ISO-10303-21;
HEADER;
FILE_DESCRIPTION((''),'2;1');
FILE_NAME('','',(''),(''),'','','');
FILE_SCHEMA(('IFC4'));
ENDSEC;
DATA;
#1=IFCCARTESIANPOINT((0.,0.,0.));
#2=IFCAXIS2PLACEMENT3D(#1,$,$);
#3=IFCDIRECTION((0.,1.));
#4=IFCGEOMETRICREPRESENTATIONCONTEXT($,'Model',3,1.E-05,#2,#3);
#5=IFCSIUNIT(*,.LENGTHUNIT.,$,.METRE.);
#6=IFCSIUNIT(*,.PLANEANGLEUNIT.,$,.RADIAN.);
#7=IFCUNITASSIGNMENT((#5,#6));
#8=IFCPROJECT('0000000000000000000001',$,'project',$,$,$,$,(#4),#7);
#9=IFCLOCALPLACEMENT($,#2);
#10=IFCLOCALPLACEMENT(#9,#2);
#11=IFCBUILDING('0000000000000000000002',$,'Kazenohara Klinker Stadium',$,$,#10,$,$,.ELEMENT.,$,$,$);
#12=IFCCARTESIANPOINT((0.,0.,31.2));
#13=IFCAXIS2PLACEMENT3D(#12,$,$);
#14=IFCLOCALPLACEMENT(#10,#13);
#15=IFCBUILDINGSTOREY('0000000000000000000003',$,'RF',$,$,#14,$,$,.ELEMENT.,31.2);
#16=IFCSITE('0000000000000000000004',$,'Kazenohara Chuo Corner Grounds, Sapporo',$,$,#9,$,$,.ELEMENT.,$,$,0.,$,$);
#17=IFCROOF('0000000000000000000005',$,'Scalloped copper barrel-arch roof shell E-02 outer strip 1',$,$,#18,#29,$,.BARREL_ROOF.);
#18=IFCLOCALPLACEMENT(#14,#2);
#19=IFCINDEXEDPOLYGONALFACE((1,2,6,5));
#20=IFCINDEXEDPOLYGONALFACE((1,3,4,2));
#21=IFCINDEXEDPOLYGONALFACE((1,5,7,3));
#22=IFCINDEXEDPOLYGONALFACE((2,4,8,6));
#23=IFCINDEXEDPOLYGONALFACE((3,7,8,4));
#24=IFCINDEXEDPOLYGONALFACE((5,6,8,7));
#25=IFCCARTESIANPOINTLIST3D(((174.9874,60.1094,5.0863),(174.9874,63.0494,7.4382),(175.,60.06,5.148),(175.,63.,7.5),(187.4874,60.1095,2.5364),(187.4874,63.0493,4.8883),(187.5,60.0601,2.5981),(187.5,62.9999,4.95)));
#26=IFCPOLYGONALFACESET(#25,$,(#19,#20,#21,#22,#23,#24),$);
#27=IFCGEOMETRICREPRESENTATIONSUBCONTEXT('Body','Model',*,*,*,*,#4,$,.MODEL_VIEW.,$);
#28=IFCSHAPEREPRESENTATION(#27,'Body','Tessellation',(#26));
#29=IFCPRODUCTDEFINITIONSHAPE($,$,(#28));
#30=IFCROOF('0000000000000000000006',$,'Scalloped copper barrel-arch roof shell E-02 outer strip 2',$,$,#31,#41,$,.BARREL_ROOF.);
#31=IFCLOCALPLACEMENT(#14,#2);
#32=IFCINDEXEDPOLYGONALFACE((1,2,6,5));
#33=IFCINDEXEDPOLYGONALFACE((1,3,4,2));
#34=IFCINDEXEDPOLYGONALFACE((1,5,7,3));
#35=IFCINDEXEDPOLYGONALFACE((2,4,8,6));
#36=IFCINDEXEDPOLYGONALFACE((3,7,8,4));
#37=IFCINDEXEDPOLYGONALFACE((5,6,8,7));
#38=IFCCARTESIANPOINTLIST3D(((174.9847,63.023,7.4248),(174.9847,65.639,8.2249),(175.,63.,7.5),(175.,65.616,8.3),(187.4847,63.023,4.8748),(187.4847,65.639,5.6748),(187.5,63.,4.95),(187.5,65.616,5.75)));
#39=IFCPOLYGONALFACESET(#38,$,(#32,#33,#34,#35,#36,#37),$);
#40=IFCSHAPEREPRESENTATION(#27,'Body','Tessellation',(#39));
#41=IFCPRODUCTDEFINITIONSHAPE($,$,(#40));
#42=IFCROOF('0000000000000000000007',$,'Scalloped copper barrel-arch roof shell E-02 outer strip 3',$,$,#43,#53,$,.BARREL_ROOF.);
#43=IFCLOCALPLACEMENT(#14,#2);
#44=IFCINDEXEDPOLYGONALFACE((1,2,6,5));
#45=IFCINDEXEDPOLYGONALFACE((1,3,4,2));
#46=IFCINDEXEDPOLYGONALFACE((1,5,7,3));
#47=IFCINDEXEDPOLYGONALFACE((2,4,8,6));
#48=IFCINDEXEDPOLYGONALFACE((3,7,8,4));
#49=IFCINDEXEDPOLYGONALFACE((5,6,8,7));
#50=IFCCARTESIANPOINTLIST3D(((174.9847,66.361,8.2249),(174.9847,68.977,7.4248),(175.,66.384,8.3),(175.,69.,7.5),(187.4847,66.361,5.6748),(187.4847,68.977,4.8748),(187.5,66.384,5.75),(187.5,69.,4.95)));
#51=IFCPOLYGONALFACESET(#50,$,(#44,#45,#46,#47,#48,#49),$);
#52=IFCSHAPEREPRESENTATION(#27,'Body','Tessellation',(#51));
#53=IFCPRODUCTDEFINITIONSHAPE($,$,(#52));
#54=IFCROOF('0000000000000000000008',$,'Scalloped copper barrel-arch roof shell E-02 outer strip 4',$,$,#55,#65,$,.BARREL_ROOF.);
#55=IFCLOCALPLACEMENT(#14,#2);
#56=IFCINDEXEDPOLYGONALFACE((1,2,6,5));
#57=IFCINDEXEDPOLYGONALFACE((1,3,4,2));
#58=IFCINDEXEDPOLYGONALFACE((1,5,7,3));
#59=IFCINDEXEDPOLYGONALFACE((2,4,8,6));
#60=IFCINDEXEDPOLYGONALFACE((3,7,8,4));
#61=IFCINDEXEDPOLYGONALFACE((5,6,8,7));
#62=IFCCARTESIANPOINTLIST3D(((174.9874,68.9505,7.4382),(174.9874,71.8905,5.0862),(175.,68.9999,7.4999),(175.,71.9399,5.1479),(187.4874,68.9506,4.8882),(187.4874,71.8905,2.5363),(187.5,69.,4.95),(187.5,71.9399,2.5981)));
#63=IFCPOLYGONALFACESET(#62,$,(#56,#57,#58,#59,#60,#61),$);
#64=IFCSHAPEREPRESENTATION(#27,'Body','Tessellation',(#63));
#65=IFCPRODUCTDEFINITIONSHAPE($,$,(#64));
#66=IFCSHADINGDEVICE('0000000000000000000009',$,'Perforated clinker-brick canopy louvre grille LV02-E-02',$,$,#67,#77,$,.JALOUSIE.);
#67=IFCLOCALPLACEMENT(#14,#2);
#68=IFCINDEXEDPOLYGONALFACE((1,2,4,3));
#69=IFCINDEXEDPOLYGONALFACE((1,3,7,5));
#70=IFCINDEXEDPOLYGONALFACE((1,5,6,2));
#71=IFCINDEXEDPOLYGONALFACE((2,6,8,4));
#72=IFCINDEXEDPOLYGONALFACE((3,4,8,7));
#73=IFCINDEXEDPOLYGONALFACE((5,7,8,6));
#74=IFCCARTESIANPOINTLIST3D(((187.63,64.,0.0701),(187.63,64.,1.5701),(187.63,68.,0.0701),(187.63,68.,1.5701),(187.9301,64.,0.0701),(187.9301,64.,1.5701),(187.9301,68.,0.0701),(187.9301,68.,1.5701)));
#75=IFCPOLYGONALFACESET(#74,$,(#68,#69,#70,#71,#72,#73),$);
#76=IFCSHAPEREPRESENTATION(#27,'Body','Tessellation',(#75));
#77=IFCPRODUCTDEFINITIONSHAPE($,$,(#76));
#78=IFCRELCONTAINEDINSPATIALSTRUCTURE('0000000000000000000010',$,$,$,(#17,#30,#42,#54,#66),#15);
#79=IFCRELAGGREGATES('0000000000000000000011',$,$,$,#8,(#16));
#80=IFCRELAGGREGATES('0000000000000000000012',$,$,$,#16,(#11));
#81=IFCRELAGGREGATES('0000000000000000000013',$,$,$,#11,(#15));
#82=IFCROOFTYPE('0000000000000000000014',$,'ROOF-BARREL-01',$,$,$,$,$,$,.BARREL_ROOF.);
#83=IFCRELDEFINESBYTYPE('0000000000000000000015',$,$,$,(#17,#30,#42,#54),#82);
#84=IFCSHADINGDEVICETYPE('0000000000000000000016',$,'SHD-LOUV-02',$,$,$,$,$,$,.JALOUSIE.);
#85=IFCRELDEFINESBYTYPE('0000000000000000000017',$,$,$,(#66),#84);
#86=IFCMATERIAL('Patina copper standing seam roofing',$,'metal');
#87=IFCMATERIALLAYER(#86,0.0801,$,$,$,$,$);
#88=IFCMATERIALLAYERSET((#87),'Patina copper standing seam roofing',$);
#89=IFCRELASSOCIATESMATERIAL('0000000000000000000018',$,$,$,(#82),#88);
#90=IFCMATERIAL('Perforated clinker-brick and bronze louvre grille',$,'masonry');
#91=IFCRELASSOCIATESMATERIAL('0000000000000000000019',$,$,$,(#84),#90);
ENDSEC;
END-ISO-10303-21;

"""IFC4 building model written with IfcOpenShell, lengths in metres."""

from ifc_helpers import new_model, si_unit, direction, frame, origin, origin_2d, place, context, subcontext, project, spatial, polyline, rectangle, outline, extrude, material, layer, layer_set, type_object, element, save


model = new_model("IFC4")

# Units and contexts
model_context = context("Model", 3, precision=1e-05, world=origin(), true_north=direction((0.0, 1.0)))
body_context = subcontext(model_context, "Body", "Model", "MODEL_VIEW")
ifc_project = project(units=[si_unit("LENGTHUNIT", "METRE"), si_unit("PLANEANGLEUNIT", "RADIAN")], contexts=[model_context])

# Site, building, storey
site_placement = place(None, origin())
site = spatial("IfcSite", under=ifc_project, at=site_placement, Name="Kazenohara Chuo Corner Grounds, Sapporo", CompositionType="ELEMENT", RefElevation=0.0)
building_placement = place(site_placement, origin())
building = spatial("IfcBuilding", under=site, at=building_placement, Name="Kazenohara Klinker Stadium", CompositionType="ELEMENT")
storey_placement = place(building_placement, frame((0.0, 0.0, 31.2)))
storey = spatial("IfcBuildingStorey", under=building, at=storey_placement, Name="RF", CompositionType="ELEMENT", Elevation=31.2)

# Roofs
ifc_material_1 = material(Name="Patina copper standing seam roofing", Category="metal")
ifc_layer_1 = layer(ifc_material_1, 0.0801)
ifc_layer_set_1 = layer_set([ifc_layer_1], Name="Patina copper standing seam roofing")
roof_type = type_object("IfcRoofType", Name="ROOF-BARREL-01", PredefinedType="BARREL_ROOF", material=ifc_layer_set_1)
roof_1_placement = place(storey_placement, frame((187.5, 60.0601, 2.5981), z_axis=(0.15731, -0.616913, 0.77115), x_axis=(-0.979822, -0.000005, 0.199874)))
element("IfcRoof", 1, at=roof_1_placement, inside=storey, type_object=roof_type, Name="Scalloped copper barrel-arch roof shell E-02 outer strip 1", PredefinedType="BARREL_ROOF", context=body_context, shape_type="SweptSolid", body=[
    extrude(outline(polyline([(0.0, 0.0), (12.7574, 0.0), (13.2275, -3.7356), (0.4701, -3.7354), (0.0, 0.0)])), origin(), (0.0, 0.0, -1.0), 0.0801),
])
roof_2_placement = place(storey_placement, frame((187.5, 63.0, 4.95), z_axis=(0.191475, -0.28705, 0.938584), x_axis=(-0.979819, 0.0, 0.199887)))
element("IfcRoof", 2, at=roof_2_placement, inside=storey, type_object=roof_type, Name="Scalloped copper barrel-arch roof shell E-02 outer strip 2", PredefinedType="BARREL_ROOF", context=body_context, shape_type="SweptSolid", body=[
    extrude(outline(polyline([(0.0, 0.0), (12.7575, 0.0), (12.9174, -2.7309), (0.1599, -2.7309), (0.0, 0.0)])), origin(), (0.0, 0.0, -1.0), 0.0801),
])
roof_3_placement = place(storey_placement, frame((187.5, 66.384, 5.75), z_axis=(0.191475, 0.28705, 0.938584), x_axis=(-0.979819, 0.0, 0.199887)))
element("IfcRoof", 3, at=roof_3_placement, inside=storey, type_object=roof_type, Name="Scalloped copper barrel-arch roof shell E-02 outer strip 3", PredefinedType="BARREL_ROOF", context=body_context, shape_type="SweptSolid", body=[
    extrude(outline(polyline([(0.0, 0.0), (12.7575, 0.0), (12.5975, -2.7309), (-0.1599, -2.7309), (0.0, 0.0)])), origin(), (0.0, 0.0, -1.0), 0.0801),
])
roof_4_placement = place(storey_placement, frame((187.5, 69.0, 4.95), z_axis=(0.15731, 0.616913, 0.77115), x_axis=(-0.97982, -0.000005, 0.199881)))
element("IfcRoof", 4, at=roof_4_placement, inside=storey, type_object=roof_type, Name="Scalloped copper barrel-arch roof shell E-02 outer strip 4", PredefinedType="BARREL_ROOF", context=body_context, shape_type="SweptSolid", body=[
    extrude(outline(polyline([(0.0, 0.0), (12.7575, 0.0), (12.2873, -3.7356), (-0.4701, -3.7354), (0.0, 0.0)])), origin(), (0.0, 0.0, -1.0), 0.0801),
])

# Shading device
ifc_material_2 = material(Name="Perforated clinker-brick and bronze louvre grille", Category="masonry")
shading_device_type = type_object("IfcShadingDeviceType", Name="SHD-LOUV-02", PredefinedType="JALOUSIE", material=ifc_material_2)
shading_device_placement = place(storey_placement, frame((187.78, 66.0, 0.0701), z_axis=(0.0, 0.0, 1.0), x_axis=(0.0, 1.0, 0.0)))
element("IfcShadingDevice", 5, at=shading_device_placement, inside=storey, type_object=shading_device_type, Name="Perforated clinker-brick canopy louvre grille LV02-E-02", PredefinedType="JALOUSIE", context=body_context, shape_type="SweptSolid", body=[
    extrude(rectangle(XDim=4.0, YDim=0.3, at=origin_2d()), origin(), (0.0, 0.0, 1.0), 1.5),
])

save(model, "model.ifc")
